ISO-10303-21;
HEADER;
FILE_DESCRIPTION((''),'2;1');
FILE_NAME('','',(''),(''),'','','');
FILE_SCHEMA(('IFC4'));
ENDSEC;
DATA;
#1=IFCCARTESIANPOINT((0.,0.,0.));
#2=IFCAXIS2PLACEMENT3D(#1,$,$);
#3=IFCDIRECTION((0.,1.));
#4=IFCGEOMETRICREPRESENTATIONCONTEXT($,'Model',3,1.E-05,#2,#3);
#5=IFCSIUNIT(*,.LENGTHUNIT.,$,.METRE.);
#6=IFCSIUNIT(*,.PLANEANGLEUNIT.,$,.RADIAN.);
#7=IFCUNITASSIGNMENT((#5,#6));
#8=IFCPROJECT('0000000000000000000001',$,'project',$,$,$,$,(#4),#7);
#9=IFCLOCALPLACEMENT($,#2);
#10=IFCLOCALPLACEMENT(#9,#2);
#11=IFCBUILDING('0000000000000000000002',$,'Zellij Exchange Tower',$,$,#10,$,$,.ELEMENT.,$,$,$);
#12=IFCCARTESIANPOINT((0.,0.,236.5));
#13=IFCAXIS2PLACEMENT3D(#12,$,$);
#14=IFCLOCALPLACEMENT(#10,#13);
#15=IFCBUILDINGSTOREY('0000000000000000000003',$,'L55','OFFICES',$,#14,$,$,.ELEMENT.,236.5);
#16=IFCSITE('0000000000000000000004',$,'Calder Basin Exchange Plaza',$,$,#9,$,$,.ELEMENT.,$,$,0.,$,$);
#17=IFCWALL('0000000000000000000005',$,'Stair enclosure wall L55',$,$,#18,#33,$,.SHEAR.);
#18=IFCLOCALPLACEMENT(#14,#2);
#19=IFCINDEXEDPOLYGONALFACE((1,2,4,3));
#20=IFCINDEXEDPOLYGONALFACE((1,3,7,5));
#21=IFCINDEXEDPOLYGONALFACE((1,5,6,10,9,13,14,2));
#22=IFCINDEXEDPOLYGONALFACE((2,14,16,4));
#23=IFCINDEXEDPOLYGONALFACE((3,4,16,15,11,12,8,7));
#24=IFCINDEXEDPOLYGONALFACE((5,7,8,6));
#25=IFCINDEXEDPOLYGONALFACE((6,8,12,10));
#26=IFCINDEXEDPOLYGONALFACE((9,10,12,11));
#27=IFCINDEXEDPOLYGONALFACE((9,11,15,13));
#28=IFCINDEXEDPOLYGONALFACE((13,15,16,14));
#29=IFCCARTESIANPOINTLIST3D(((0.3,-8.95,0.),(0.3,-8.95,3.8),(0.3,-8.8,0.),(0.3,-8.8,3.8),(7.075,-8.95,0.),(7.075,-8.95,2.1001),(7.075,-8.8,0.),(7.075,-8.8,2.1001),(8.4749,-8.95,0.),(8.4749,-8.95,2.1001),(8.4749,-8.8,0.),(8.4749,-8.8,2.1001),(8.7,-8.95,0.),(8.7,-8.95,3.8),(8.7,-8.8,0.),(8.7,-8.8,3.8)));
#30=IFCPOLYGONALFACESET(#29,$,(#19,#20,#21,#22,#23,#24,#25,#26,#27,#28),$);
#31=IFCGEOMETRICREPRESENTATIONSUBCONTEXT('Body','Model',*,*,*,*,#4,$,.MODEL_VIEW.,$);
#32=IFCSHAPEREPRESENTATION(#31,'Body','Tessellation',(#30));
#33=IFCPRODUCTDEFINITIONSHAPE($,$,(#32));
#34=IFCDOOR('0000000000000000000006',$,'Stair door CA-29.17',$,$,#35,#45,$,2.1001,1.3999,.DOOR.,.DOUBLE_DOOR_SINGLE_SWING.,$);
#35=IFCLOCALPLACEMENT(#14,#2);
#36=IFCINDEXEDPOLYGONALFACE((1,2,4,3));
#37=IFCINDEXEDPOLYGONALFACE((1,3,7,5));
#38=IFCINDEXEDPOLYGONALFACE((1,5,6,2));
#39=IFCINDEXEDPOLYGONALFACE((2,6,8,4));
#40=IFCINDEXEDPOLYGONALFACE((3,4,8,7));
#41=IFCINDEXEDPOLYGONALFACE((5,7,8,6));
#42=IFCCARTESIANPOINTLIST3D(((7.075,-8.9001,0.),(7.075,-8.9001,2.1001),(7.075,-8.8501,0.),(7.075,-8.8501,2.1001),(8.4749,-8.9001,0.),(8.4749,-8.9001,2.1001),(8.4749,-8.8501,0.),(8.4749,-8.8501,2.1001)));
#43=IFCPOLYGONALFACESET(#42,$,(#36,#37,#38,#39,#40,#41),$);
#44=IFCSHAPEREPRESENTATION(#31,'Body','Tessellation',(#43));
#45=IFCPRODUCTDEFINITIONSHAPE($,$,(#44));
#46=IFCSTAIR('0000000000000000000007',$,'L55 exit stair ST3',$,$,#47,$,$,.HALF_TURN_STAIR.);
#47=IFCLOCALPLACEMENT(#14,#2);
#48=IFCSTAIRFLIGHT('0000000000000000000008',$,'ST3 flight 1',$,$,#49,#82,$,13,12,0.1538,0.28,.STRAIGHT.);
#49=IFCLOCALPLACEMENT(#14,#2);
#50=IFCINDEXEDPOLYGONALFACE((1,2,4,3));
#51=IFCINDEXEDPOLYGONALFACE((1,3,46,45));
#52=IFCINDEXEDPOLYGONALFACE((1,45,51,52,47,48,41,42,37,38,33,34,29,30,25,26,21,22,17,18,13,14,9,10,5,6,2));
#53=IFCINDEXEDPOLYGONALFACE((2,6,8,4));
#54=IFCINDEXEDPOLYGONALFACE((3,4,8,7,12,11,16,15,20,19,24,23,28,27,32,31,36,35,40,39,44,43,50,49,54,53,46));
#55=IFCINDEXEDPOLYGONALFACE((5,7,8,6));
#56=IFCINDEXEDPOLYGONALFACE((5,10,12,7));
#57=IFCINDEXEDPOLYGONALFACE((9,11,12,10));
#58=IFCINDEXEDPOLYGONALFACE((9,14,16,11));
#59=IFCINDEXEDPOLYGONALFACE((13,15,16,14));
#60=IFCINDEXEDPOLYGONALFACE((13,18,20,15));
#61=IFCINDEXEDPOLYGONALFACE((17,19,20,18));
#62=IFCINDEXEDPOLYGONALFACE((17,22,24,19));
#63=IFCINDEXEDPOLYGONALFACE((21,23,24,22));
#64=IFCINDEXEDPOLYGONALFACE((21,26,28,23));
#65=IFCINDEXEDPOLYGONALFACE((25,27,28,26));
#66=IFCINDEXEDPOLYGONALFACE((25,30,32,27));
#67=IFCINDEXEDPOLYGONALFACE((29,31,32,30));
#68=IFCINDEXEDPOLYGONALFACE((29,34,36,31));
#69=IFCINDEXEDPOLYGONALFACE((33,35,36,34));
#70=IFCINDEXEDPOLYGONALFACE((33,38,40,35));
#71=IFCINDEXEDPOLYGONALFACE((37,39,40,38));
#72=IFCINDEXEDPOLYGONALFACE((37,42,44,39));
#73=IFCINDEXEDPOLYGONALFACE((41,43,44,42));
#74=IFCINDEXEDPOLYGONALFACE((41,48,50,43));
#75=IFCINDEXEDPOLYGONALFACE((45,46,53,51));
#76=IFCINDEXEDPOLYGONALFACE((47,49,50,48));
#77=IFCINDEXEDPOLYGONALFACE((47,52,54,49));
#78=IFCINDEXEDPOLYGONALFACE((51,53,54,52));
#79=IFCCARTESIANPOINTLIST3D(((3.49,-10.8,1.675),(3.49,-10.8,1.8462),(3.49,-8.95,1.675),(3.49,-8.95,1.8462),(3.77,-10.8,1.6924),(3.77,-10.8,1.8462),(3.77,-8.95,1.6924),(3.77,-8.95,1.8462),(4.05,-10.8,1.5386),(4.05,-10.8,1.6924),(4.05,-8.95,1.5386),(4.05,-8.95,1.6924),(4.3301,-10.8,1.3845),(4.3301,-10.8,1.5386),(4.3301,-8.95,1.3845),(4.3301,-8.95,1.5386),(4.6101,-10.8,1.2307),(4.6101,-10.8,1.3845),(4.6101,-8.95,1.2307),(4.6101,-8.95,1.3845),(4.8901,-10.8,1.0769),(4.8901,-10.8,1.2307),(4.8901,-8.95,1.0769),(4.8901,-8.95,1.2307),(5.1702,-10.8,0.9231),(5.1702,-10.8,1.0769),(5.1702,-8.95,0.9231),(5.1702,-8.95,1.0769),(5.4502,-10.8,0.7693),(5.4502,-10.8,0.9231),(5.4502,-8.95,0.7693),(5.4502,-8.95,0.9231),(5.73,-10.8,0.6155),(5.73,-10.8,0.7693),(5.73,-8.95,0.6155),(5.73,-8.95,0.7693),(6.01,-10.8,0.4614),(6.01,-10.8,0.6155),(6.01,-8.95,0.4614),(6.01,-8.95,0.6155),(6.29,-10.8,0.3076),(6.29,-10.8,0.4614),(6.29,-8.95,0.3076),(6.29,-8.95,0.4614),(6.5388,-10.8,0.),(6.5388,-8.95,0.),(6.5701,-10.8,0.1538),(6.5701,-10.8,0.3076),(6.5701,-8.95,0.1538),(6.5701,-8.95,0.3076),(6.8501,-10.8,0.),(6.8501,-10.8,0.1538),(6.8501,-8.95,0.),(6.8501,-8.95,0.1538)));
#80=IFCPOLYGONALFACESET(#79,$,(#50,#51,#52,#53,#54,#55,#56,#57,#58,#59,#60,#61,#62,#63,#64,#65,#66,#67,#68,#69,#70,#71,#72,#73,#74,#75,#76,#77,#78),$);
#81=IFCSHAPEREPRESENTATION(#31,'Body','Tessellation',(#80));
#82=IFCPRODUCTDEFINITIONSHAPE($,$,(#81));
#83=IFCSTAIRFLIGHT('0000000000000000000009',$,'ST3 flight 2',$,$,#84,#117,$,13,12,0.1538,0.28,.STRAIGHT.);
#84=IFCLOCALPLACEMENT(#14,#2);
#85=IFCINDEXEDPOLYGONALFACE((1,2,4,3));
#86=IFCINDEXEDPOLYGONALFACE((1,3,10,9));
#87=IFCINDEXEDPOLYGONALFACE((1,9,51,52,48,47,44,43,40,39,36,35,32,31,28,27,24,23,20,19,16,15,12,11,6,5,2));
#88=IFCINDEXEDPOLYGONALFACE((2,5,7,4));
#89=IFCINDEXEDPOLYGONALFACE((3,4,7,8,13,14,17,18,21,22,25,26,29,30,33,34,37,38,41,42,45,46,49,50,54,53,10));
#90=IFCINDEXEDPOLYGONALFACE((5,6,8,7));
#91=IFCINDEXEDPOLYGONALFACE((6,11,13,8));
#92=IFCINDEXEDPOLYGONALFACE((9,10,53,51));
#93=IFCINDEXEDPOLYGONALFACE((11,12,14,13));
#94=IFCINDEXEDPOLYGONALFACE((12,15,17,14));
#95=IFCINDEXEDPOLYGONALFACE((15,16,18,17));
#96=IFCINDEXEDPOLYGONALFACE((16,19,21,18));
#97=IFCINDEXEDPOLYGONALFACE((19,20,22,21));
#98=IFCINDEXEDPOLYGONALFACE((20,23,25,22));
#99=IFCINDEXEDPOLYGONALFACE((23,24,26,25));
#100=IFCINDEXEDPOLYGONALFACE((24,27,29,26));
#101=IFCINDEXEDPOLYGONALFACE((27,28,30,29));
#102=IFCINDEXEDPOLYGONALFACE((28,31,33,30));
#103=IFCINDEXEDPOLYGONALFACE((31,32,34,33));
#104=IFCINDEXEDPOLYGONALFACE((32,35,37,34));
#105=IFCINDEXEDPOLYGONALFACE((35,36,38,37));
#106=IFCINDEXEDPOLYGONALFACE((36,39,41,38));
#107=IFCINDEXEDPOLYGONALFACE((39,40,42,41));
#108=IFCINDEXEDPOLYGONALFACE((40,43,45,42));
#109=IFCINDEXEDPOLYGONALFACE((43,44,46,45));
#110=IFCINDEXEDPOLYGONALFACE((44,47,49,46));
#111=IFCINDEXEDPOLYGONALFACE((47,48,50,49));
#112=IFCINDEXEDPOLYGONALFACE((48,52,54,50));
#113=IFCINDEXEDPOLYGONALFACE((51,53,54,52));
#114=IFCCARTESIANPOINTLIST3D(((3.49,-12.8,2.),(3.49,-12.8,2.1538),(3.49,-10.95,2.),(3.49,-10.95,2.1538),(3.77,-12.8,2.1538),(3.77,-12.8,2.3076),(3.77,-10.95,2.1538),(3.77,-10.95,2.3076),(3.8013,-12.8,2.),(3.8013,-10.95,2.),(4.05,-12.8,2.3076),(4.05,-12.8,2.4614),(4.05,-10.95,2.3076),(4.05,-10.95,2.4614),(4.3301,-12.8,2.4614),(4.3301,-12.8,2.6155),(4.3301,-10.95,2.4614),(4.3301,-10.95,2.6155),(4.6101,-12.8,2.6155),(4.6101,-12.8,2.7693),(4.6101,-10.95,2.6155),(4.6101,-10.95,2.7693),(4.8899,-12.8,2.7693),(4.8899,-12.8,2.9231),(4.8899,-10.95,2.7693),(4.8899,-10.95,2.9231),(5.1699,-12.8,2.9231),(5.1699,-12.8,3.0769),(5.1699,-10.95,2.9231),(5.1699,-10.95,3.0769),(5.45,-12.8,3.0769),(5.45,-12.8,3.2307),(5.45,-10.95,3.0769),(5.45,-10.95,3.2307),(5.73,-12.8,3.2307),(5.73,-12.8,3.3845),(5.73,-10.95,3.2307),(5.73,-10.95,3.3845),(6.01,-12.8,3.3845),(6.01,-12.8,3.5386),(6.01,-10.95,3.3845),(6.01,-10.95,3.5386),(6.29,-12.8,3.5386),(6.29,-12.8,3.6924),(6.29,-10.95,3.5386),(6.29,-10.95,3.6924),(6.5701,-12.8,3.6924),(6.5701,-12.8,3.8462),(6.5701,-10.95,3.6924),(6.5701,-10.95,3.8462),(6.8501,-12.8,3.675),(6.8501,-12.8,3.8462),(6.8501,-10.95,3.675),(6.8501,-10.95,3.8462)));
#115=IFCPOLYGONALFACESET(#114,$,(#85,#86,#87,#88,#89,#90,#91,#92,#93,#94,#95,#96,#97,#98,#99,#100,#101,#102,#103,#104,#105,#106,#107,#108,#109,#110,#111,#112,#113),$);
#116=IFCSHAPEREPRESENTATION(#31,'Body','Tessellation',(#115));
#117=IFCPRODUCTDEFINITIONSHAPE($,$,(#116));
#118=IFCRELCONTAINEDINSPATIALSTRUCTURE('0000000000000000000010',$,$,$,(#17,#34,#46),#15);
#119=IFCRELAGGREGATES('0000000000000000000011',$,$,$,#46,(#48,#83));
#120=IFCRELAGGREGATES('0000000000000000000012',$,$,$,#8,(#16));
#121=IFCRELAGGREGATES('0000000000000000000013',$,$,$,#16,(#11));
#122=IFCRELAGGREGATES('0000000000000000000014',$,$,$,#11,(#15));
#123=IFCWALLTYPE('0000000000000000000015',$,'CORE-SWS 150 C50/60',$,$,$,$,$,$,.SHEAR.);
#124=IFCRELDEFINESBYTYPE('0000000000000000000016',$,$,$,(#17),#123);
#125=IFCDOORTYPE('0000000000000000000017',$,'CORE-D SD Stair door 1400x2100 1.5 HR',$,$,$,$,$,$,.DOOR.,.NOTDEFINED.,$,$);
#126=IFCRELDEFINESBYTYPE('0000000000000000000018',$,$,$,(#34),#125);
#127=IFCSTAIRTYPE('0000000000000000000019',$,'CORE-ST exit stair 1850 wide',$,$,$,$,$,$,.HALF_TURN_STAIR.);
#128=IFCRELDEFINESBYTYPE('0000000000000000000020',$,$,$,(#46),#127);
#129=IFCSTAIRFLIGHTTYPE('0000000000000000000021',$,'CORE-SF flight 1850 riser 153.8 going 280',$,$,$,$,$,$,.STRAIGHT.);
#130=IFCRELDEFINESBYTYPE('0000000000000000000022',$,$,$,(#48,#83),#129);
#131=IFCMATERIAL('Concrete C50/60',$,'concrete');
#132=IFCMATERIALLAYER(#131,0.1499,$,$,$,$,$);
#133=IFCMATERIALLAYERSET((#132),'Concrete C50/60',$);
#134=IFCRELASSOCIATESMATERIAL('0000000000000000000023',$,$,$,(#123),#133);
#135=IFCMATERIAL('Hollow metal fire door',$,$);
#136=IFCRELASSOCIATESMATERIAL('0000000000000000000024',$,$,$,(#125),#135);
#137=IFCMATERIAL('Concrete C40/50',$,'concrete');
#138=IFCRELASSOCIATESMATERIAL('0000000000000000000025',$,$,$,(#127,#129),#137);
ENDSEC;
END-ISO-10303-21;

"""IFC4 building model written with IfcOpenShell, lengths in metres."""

from ifc_helpers import new_model, si_unit, direction, frame, frame_2d, origin, place, context, subcontext, project, spatial, polyline, rectangle, outline, extrude, material, layer, layer_set, type_object, element, fill, aggregate, save


model = new_model("IFC4")

# Units and contexts
model_context = context("Model", 3, precision=1e-05, world=origin(), true_north=direction((0.0, 1.0)))
body_context = subcontext(model_context, "Body", "Model", "MODEL_VIEW")
ifc_project = project(units=[si_unit("LENGTHUNIT", "METRE"), si_unit("PLANEANGLEUNIT", "RADIAN")], contexts=[model_context])

# Site, building, storey
site_placement = place(None, origin())
site = spatial("IfcSite", under=ifc_project, at=site_placement, Name="Calder Basin Exchange Plaza", CompositionType="ELEMENT", RefElevation=0.0)
building_placement = place(site_placement, origin())
building = spatial("IfcBuilding", under=site, at=building_placement, Name="Zellij Exchange Tower", CompositionType="ELEMENT")
storey_placement = place(building_placement, frame((0.0, 0.0, 236.5)))
storey = spatial("IfcBuildingStorey", under=building, at=storey_placement, Name="L55", Description="OFFICES", CompositionType="ELEMENT", Elevation=236.5)

# Shared definitions
ifc_material_1 = material(Name="Concrete C50/60", Category="concrete")

# Shared definitions
ifc_material_2 = material(Name="Hollow metal fire door")

# Wall, opening, door
ifc_layer_1 = layer(ifc_material_1, 0.1499)
ifc_layer_set_1 = layer_set([ifc_layer_1], Name="Concrete C50/60")
wall_type_1 = type_object("IfcWallType", Name="CORE-SWS 150 C50/60", PredefinedType="SHEAR", material=ifc_layer_set_1)
wall_1_placement = place(storey_placement, frame((0.3, -8.875, 0.0), z_axis=(0.0, 0.0, 1.0), x_axis=(1.0, 0.0, 0.0)))
wall_1 = element("IfcWall", 1, at=wall_1_placement, inside=storey, type_object=wall_type_1, Name="Stair enclosure wall L55", PredefinedType="SHEAR", context=body_context, shape_type="SweptSolid", body=[
    extrude(rectangle(XDim=8.3999, YDim=0.1499, at=frame_2d((4.2, 0.0))), origin(), (0.0, 0.0, 1.0), 3.8),
])
opening_1_placement = place(wall_1_placement, frame((6.7749, 0.0, 0.0)))
opening_1 = element("IfcOpeningElement", 2, at=opening_1_placement, cuts=wall_1, PredefinedType="OPENING", context=body_context, shape_type="SweptSolid", body=[
    extrude(rectangle(XDim=1.3999, YDim=2.1001, at=frame_2d((0.7, 1.05))), frame((0.0, 0.0869, 0.0), z_axis=(0.0, -1.0, 0.0), x_axis=(1.0, 0.0, 0.0)), (0.0, 0.0, 1.0), 0.1738),
])
door_type_1 = type_object("IfcDoorType", Name="CORE-D SD Stair door 1400x2100 1.5 HR", OperationType="NOTDEFINED", PredefinedType="DOOR", material=ifc_material_2)
door_1_placement = place(opening_1_placement, origin())
door_1 = element("IfcDoor", 3, at=door_1_placement, inside=storey, type_object=door_type_1, Name="Stair door CA-29.17", OperationType="DOUBLE_DOOR_SINGLE_SWING", OverallHeight=2.1001, OverallWidth=1.3999, PredefinedType="DOOR", context=body_context, shape_type="SweptSolid", body=[
    extrude(rectangle(XDim=1.3999, YDim=2.1001, at=frame_2d((0.7, 1.05))), frame((0.0, 0.0249, 0.0), z_axis=(0.0, -1.0, 0.0), x_axis=(1.0, 0.0, 0.0)), (0.0, 0.0, 1.0), 0.05),
])
fill(opening_1, door_1)

# Stair, stair flights
ifc_material_3 = material(Name="Concrete C40/50", Category="concrete")
stair_type = type_object("IfcStairType", Name="CORE-ST exit stair 1850 wide", PredefinedType="HALF_TURN_STAIR", material=ifc_material_3)
stair_placement = place(storey_placement, origin())
stair = element("IfcStair", 4, at=stair_placement, inside=storey, type_object=stair_type, Name="L55 exit stair ST3", PredefinedType="HALF_TURN_STAIR")
stair_flight_type = type_object("IfcStairFlightType", Name="CORE-SF flight 1850 riser 153.8 going 280", PredefinedType="STRAIGHT", material=ifc_material_3)
stair_flight_1_placement = place(storey_placement, frame((6.8501, -9.875, 0.0), z_axis=(0.0, 0.0, 1.0), x_axis=(-1.0, 0.0, 0.0)))
stair_flight_1 = element("IfcStairFlight", 5, at=stair_flight_1_placement, type_object=stair_flight_type, Name="ST3 flight 1", NumberOfRisers=13, NumberOfTreads=12, PredefinedType="STRAIGHT", RiserHeight=0.1538, TreadLength=0.28, context=body_context, shape_type="SweptSolid", body=[
    extrude(outline(polyline([(0.0, 0.0), (0.0, 0.1538), (0.28, 0.1538), (0.28, 0.3076), (0.5601, 0.3076), (0.5601, 0.4614), (0.8401, 0.4614), (0.8401, 0.6155), (1.1201, 0.6155), (1.1201, 0.7693), (1.3999, 0.7693), (1.3999, 0.9231), (1.6799, 0.9231), (1.6799, 1.0769), (1.96, 1.0769), (1.96, 1.2307), (2.24, 1.2307), (2.24, 1.3845), (2.52, 1.3845), (2.52, 1.5386), (2.8, 1.5386), (2.8, 1.6924), (3.0801, 1.6924), (3.0801, 1.8462), (3.3601, 1.8462), (3.3601, 2.0), (3.3601, 1.675), (0.3113, 0.0), (0.0, 0.0)])), frame((0.0, 0.925, 0.0), z_axis=(0.0, -1.0, 0.0), x_axis=(1.0, 0.0, 0.0)), (0.0, 0.0, 1.0), 1.8501),
])
stair_flight_2_placement = place(storey_placement, frame((3.49, -11.875, 2.0), z_axis=(0.0, 0.0, 1.0), x_axis=(1.0, 0.0, 0.0)))
stair_flight_2 = element("IfcStairFlight", 6, at=stair_flight_2_placement, type_object=stair_flight_type, Name="ST3 flight 2", NumberOfRisers=13, NumberOfTreads=12, PredefinedType="STRAIGHT", RiserHeight=0.1538, TreadLength=0.28, context=body_context, shape_type="SweptSolid", body=[
    extrude(outline(polyline([(0.0, 0.0), (0.0, 0.1538), (0.28, 0.1538), (0.28, 0.3076), (0.5601, 0.3076), (0.5601, 0.4614), (0.8401, 0.4614), (0.8401, 0.6155), (1.1201, 0.6155), (1.1201, 0.7693), (1.3999, 0.7693), (1.3999, 0.9231), (1.6799, 0.9231), (1.6799, 1.0769), (1.96, 1.0769), (1.96, 1.2307), (2.24, 1.2307), (2.24, 1.3845), (2.52, 1.3845), (2.52, 1.5386), (2.8, 1.5386), (2.8, 1.6924), (3.0801, 1.6924), (3.0801, 1.8462), (3.3601, 1.8462), (3.3601, 2.0), (3.3601, 1.675), (0.3113, 0.0), (0.0, 0.0)])), frame((0.0, 0.925, 0.0), z_axis=(0.0, -1.0, 0.0), x_axis=(1.0, 0.0, 0.0)), (0.0, 0.0, 1.0), 1.8501),
])
aggregate(stair, [stair_flight_1, stair_flight_2])

save(model, "model.ifc")
